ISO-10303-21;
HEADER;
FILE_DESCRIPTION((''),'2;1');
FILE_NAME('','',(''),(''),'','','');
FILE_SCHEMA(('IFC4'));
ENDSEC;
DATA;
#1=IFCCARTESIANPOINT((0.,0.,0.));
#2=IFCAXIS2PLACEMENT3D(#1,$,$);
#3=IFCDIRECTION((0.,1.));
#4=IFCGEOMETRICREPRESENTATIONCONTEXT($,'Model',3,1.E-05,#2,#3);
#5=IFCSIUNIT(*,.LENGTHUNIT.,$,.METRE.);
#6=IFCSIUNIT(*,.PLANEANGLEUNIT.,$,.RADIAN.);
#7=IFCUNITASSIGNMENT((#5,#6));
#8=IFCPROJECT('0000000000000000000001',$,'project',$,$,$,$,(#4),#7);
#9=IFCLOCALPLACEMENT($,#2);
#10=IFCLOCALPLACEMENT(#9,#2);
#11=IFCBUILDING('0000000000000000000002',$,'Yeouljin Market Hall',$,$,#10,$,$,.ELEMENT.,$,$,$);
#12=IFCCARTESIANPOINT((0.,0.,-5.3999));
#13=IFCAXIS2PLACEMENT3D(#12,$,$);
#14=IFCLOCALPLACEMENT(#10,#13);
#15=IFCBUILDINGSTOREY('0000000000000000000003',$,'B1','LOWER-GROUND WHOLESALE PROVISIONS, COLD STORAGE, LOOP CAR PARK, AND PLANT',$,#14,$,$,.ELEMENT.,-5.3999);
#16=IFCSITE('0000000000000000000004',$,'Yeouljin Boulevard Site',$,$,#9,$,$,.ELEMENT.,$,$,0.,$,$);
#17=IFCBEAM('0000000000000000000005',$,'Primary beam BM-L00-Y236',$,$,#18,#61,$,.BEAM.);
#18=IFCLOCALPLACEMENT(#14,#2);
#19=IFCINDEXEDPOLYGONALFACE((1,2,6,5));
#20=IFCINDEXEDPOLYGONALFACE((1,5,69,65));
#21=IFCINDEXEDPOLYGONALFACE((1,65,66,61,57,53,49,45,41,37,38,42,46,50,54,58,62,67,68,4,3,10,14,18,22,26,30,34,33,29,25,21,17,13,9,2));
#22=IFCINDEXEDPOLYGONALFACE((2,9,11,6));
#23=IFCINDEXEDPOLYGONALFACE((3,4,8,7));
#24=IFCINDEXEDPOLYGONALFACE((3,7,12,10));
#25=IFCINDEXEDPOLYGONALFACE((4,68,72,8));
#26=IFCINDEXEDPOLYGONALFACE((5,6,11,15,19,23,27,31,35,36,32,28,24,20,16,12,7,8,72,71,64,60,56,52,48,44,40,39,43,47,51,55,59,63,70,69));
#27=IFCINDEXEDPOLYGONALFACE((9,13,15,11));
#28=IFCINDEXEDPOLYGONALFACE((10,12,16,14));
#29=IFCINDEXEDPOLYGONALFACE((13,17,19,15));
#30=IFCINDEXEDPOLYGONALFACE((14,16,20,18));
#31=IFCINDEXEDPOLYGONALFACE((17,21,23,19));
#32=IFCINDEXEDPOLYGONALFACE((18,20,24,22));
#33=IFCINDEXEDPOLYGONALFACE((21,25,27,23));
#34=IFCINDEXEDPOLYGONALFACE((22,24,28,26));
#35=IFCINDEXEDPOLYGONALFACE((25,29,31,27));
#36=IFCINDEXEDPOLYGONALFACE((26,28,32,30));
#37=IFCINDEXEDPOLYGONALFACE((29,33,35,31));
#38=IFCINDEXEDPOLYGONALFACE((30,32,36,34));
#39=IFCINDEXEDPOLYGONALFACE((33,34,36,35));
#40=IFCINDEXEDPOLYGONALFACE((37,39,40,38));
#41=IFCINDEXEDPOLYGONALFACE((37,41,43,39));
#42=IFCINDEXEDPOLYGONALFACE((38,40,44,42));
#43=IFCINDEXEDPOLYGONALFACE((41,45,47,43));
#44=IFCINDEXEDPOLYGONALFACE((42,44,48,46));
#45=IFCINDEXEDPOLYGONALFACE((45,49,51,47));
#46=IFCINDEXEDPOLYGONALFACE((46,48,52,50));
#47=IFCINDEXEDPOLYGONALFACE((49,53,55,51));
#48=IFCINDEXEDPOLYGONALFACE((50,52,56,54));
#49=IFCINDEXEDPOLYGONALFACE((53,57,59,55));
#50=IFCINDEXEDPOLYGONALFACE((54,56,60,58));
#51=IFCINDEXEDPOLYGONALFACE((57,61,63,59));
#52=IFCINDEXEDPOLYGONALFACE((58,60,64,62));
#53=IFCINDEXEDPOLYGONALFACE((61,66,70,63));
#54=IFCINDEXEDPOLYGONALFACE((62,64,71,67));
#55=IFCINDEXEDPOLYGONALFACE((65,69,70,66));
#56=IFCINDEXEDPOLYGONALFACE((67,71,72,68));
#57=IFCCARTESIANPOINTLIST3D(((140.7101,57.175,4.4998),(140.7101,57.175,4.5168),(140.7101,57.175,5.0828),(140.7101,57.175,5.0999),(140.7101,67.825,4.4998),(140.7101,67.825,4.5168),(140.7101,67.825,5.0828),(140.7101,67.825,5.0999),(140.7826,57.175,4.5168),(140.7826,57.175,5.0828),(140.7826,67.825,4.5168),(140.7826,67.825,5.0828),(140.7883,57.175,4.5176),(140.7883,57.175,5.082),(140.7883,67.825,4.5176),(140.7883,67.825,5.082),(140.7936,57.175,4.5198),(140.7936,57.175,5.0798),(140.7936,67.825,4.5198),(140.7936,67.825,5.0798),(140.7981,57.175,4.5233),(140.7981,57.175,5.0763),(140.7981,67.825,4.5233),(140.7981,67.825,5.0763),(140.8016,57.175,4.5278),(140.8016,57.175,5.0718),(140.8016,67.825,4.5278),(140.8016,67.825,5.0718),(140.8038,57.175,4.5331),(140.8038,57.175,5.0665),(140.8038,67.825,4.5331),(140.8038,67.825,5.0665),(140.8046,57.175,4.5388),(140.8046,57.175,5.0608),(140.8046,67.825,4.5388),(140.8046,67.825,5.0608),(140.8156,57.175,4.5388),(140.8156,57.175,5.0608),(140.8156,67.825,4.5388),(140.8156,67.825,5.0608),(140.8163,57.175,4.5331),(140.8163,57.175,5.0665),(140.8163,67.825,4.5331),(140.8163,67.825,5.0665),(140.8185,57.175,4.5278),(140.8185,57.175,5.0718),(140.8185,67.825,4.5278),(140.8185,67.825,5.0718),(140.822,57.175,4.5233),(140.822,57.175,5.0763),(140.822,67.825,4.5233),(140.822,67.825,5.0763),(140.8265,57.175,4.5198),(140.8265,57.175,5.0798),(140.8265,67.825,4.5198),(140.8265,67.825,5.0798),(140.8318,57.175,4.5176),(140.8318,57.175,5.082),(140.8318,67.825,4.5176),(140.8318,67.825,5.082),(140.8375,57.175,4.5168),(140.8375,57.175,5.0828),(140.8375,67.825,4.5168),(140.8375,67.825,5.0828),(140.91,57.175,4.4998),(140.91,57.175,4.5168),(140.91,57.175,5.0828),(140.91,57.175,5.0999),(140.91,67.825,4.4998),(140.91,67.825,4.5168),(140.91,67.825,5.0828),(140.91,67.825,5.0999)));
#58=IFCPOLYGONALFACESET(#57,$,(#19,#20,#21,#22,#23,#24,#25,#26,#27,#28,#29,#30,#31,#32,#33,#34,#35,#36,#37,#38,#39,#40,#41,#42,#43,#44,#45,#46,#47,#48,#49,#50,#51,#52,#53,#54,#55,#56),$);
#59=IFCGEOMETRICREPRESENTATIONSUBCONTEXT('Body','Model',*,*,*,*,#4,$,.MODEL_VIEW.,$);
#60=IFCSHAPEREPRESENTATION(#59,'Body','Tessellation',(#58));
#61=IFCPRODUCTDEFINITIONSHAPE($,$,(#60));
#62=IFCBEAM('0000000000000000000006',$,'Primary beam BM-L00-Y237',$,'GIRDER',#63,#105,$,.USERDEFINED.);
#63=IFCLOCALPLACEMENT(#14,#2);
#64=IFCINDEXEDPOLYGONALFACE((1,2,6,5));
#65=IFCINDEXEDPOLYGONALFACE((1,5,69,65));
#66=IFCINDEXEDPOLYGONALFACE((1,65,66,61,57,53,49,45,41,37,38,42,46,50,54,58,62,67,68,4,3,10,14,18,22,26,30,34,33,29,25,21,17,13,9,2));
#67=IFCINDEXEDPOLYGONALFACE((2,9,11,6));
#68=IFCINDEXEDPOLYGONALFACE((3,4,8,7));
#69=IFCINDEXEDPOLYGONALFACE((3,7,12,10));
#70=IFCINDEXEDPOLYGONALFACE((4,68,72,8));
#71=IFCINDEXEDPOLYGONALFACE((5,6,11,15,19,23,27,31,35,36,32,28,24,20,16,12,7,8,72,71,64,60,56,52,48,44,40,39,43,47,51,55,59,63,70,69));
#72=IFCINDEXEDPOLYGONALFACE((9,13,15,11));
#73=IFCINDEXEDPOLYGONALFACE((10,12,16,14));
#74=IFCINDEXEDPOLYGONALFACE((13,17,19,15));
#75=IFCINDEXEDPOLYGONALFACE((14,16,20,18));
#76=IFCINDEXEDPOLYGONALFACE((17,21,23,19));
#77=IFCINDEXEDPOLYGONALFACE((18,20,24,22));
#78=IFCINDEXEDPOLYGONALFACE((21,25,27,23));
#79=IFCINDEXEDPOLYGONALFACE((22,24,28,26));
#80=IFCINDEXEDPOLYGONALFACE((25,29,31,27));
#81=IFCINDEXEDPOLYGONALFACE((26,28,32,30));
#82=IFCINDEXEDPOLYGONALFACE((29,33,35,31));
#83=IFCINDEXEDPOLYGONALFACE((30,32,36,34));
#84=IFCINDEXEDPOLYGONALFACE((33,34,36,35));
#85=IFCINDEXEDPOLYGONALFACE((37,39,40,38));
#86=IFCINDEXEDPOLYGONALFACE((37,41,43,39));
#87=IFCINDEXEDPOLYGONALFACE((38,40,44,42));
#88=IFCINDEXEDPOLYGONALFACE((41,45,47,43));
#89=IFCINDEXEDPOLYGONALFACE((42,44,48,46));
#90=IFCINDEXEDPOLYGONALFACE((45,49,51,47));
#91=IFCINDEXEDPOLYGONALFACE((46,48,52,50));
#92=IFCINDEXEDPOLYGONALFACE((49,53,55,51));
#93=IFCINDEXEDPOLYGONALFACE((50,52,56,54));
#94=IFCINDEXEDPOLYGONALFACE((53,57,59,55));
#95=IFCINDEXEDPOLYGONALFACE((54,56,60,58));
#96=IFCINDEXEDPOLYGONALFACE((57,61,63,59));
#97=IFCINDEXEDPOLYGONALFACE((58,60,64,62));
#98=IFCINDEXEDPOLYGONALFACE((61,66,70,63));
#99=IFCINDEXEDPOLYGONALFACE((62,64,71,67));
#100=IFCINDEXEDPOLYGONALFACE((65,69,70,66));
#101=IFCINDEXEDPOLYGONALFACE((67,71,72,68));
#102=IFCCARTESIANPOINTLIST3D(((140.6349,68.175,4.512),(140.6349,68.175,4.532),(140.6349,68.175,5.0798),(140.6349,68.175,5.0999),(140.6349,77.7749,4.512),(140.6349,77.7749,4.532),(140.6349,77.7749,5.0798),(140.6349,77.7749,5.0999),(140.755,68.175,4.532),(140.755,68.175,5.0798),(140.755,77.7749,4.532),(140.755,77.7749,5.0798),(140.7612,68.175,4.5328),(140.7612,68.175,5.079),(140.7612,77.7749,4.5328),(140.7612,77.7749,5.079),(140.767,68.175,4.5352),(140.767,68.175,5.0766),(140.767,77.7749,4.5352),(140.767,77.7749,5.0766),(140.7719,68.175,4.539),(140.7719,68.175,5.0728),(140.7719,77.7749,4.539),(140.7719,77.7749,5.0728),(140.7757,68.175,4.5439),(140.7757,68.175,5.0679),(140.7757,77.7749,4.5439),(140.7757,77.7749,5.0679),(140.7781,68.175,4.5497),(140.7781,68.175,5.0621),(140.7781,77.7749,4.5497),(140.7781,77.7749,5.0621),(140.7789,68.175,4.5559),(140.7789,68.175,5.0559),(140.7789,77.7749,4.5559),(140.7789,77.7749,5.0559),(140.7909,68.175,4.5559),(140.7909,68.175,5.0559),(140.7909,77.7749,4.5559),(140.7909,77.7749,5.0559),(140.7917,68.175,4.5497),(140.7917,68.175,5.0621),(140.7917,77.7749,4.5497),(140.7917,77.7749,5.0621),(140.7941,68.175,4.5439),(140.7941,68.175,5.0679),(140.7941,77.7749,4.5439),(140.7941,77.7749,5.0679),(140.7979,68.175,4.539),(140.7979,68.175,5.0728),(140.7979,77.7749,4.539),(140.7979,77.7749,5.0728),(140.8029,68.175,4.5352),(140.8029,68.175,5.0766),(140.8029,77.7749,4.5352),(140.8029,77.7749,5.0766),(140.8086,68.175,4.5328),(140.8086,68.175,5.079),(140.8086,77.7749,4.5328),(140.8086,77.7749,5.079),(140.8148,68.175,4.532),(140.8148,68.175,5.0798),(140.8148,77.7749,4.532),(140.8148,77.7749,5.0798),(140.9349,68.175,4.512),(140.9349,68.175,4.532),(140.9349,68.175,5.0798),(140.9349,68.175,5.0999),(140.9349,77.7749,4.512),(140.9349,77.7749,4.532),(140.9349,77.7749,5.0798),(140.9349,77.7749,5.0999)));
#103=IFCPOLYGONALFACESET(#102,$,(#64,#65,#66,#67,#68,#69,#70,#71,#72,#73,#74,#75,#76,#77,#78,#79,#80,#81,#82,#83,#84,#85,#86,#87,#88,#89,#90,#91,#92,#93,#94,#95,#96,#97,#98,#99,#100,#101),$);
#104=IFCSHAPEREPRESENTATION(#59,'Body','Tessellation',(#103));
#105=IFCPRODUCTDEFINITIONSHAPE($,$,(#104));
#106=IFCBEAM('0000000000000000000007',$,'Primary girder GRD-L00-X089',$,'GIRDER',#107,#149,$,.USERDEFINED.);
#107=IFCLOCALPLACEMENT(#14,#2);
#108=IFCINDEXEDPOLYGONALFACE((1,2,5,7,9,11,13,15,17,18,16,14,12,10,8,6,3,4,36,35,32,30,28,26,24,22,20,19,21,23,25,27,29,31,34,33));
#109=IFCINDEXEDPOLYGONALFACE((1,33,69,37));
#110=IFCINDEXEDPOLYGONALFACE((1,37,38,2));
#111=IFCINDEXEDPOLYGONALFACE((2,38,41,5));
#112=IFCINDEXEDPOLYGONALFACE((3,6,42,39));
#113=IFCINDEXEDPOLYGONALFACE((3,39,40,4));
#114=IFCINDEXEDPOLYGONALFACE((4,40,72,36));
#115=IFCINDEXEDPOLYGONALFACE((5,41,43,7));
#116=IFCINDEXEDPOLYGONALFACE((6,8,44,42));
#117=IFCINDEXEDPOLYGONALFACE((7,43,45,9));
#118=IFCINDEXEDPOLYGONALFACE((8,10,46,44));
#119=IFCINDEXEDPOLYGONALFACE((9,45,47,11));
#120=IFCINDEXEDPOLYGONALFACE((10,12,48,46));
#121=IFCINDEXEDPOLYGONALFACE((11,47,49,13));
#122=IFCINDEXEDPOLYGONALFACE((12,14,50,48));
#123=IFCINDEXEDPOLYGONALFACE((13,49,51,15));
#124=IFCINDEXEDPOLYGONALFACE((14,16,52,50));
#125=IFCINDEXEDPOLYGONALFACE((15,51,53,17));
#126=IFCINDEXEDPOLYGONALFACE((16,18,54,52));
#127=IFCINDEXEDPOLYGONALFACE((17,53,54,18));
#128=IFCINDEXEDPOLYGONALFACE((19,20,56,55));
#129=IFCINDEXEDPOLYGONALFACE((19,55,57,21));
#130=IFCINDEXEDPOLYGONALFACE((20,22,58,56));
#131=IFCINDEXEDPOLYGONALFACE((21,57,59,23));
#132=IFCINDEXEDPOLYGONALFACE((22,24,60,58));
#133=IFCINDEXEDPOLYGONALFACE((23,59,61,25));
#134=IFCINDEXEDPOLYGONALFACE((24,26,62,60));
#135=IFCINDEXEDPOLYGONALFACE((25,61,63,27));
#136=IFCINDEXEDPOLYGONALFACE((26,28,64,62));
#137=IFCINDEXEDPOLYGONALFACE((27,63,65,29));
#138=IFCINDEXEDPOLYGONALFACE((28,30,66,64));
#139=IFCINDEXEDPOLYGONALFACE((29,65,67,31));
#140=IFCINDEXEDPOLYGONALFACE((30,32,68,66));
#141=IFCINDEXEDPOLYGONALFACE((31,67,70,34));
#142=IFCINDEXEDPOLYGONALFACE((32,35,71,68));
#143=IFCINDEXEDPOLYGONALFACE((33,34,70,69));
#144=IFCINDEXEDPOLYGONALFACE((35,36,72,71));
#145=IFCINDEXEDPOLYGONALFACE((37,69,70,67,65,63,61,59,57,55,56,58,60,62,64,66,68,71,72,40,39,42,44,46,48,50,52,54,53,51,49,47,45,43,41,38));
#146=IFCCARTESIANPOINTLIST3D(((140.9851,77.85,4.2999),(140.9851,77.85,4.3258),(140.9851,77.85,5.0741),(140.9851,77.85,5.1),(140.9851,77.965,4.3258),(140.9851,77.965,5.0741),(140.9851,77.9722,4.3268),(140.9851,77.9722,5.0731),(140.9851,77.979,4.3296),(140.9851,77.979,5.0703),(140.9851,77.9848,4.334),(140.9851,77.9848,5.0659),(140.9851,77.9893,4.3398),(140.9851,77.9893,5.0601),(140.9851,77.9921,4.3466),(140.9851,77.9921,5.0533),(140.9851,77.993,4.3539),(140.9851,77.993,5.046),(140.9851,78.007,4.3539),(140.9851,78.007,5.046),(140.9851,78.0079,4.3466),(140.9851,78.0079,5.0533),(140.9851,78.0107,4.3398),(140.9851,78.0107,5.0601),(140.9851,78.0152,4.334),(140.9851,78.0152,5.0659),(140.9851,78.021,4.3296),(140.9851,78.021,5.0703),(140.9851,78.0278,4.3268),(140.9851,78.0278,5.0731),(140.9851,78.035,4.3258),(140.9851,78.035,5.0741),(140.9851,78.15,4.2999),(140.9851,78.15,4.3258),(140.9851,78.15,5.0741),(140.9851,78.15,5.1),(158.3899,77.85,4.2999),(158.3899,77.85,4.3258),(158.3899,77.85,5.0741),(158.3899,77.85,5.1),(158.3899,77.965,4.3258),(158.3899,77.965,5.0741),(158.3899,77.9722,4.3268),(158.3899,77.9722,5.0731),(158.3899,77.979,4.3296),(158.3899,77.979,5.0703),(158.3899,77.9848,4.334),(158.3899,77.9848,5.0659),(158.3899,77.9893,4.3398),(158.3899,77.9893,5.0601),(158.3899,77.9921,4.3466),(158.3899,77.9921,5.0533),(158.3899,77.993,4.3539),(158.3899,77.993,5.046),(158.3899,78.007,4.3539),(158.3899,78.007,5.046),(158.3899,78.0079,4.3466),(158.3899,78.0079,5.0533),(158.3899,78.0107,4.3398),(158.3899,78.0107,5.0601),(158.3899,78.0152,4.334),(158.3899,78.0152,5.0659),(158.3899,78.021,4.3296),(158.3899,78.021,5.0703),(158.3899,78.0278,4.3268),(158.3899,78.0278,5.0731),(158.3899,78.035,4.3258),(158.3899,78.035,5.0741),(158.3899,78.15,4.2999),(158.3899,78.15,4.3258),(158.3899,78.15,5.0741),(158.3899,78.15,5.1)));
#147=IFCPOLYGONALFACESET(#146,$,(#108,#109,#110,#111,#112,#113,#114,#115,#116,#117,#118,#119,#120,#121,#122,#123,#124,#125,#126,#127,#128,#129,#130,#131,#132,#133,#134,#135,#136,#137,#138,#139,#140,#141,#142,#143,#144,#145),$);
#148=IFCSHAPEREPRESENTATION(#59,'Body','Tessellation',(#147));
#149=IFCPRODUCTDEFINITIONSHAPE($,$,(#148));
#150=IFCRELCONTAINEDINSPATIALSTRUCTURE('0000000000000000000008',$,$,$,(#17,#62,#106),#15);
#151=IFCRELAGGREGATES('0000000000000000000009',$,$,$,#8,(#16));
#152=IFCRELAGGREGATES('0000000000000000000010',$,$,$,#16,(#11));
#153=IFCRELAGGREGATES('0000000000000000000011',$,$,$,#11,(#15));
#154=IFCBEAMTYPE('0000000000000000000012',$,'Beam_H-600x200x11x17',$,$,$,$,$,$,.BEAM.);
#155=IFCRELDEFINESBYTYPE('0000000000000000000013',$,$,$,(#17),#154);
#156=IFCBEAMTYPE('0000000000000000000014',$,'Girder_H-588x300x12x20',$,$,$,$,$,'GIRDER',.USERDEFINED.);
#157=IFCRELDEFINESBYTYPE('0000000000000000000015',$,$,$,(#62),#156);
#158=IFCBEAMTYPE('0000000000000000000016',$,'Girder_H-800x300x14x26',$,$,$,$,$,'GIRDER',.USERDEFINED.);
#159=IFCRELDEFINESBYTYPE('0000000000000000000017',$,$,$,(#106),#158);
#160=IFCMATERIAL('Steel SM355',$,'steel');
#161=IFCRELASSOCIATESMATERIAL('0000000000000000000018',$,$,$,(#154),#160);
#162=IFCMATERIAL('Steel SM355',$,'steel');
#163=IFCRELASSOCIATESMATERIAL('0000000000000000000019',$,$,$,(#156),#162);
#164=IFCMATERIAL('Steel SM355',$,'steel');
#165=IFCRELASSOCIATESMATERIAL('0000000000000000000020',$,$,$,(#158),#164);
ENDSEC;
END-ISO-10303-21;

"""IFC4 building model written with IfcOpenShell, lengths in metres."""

from ifc_helpers import new_model, si_unit, direction, frame, origin, origin_2d, place, context, subcontext, project, spatial, i_section, extrude, material, material_profile, profile_set, type_object, element, save


model = new_model("IFC4")

# Units and contexts
model_context = context("Model", 3, precision=1e-05, world=origin(), true_north=direction((0.0, 1.0)))
body_context = subcontext(model_context, "Body", "Model", "MODEL_VIEW")
ifc_project = project(units=[si_unit("LENGTHUNIT", "METRE"), si_unit("PLANEANGLEUNIT", "RADIAN")], contexts=[model_context])

# Site, building, storey
site_placement = place(None, origin())
site = spatial("IfcSite", under=ifc_project, at=site_placement, Name="Yeouljin Boulevard Site", CompositionType="ELEMENT", RefElevation=0.0)
building_placement = place(site_placement, origin())
building = spatial("IfcBuilding", under=site, at=building_placement, Name="Yeouljin Market Hall", CompositionType="ELEMENT")
storey_placement = place(building_placement, frame((0.0, 0.0, -5.3999)))
storey = spatial("IfcBuildingStorey", under=building, at=storey_placement, Name="B1", Description="LOWER-GROUND WHOLESALE PROVISIONS, COLD STORAGE, LOOP CAR PARK, AND PLANT", CompositionType="ELEMENT", Elevation=-5.3999)

# Beams
ifc_material_1 = material(Name="Steel SM355", Category="steel")
ifc_material_profile_1 = material_profile(ifc_material_1, i_section(OverallWidth=0.2, OverallDepth=0.6001, WebThickness=0.011, FlangeThickness=0.0171, FilletRadius=0.022, at=origin_2d()), Name="H-600x200x11x17")
ifc_profile_set_1 = profile_set([ifc_material_profile_1], Name="Steel SM355")
beam_type_1 = type_object("IfcBeamType", Name="Beam_H-600x200x11x17", PredefinedType="BEAM", material=ifc_profile_set_1)
beam_1_placement = place(storey_placement, frame((140.8101, 57.175, 4.7998), z_axis=(0.0, 1.0, 0.0), x_axis=(-1.0, 0.0, 0.0)))
element("IfcBeam", 1, at=beam_1_placement, inside=storey, type_object=beam_type_1, Name="Primary beam BM-L00-Y236", PredefinedType="BEAM", context=body_context, shape_type="SweptSolid", body=[
    extrude(i_section(OverallWidth=0.2, OverallDepth=0.6001, WebThickness=0.011, FlangeThickness=0.0171, FilletRadius=0.022, at=origin_2d()), origin(), (0.0, 0.0, 1.0), 10.6499),
])
ifc_material_2 = material(Name="Steel SM355", Category="steel")
ifc_material_profile_2 = material_profile(ifc_material_2, i_section(OverallWidth=0.3, OverallDepth=0.5879, WebThickness=0.012, FlangeThickness=0.02, FilletRadius=0.0239, at=origin_2d()), Name="H-588x300x12x20")
ifc_profile_set_2 = profile_set([ifc_material_profile_2], Name="Steel SM355")
beam_type_2 = type_object("IfcBeamType", Name="Girder_H-588x300x12x20", ElementType="GIRDER", PredefinedType="USERDEFINED", material=ifc_profile_set_2)
beam_2_placement = place(storey_placement, frame((140.7849, 68.175, 4.8059), z_axis=(0.0, 1.0, 0.0), x_axis=(-1.0, 0.0, 0.0)))
element("IfcBeam", 2, at=beam_2_placement, inside=storey, type_object=beam_type_2, Name="Primary beam BM-L00-Y237", ObjectType="GIRDER", PredefinedType="USERDEFINED", context=body_context, shape_type="SweptSolid", body=[
    extrude(i_section(OverallWidth=0.3, OverallDepth=0.5879, WebThickness=0.012, FlangeThickness=0.02, FilletRadius=0.0239, at=origin_2d()), origin(), (0.0, 0.0, 1.0), 9.5999),
])
ifc_material_3 = material(Name="Steel SM355", Category="steel")
ifc_material_profile_3 = material_profile(ifc_material_3, i_section(OverallWidth=0.3, OverallDepth=0.8, WebThickness=0.0139, FlangeThickness=0.0259, FilletRadius=0.0281, at=origin_2d()), Name="H-800x300x14x26")
ifc_profile_set_3 = profile_set([ifc_material_profile_3], Name="Steel SM355")
beam_type_3 = type_object("IfcBeamType", Name="Girder_H-800x300x14x26", ElementType="GIRDER", PredefinedType="USERDEFINED", material=ifc_profile_set_3)
beam_3_placement = place(storey_placement, frame((140.9851, 78.0, 4.7), z_axis=(1.0, 0.0, 0.0), x_axis=(0.0, 1.0, 0.0)))
element("IfcBeam", 3, at=beam_3_placement, inside=storey, type_object=beam_type_3, Name="Primary girder GRD-L00-X089", ObjectType="GIRDER", PredefinedType="USERDEFINED", context=body_context, shape_type="SweptSolid", body=[
    extrude(i_section(OverallWidth=0.3, OverallDepth=0.8, WebThickness=0.0139, FlangeThickness=0.0259, FilletRadius=0.0281, at=origin_2d()), origin(), (0.0, 0.0, 1.0), 17.4048),
])

save(model, "model.ifc")
